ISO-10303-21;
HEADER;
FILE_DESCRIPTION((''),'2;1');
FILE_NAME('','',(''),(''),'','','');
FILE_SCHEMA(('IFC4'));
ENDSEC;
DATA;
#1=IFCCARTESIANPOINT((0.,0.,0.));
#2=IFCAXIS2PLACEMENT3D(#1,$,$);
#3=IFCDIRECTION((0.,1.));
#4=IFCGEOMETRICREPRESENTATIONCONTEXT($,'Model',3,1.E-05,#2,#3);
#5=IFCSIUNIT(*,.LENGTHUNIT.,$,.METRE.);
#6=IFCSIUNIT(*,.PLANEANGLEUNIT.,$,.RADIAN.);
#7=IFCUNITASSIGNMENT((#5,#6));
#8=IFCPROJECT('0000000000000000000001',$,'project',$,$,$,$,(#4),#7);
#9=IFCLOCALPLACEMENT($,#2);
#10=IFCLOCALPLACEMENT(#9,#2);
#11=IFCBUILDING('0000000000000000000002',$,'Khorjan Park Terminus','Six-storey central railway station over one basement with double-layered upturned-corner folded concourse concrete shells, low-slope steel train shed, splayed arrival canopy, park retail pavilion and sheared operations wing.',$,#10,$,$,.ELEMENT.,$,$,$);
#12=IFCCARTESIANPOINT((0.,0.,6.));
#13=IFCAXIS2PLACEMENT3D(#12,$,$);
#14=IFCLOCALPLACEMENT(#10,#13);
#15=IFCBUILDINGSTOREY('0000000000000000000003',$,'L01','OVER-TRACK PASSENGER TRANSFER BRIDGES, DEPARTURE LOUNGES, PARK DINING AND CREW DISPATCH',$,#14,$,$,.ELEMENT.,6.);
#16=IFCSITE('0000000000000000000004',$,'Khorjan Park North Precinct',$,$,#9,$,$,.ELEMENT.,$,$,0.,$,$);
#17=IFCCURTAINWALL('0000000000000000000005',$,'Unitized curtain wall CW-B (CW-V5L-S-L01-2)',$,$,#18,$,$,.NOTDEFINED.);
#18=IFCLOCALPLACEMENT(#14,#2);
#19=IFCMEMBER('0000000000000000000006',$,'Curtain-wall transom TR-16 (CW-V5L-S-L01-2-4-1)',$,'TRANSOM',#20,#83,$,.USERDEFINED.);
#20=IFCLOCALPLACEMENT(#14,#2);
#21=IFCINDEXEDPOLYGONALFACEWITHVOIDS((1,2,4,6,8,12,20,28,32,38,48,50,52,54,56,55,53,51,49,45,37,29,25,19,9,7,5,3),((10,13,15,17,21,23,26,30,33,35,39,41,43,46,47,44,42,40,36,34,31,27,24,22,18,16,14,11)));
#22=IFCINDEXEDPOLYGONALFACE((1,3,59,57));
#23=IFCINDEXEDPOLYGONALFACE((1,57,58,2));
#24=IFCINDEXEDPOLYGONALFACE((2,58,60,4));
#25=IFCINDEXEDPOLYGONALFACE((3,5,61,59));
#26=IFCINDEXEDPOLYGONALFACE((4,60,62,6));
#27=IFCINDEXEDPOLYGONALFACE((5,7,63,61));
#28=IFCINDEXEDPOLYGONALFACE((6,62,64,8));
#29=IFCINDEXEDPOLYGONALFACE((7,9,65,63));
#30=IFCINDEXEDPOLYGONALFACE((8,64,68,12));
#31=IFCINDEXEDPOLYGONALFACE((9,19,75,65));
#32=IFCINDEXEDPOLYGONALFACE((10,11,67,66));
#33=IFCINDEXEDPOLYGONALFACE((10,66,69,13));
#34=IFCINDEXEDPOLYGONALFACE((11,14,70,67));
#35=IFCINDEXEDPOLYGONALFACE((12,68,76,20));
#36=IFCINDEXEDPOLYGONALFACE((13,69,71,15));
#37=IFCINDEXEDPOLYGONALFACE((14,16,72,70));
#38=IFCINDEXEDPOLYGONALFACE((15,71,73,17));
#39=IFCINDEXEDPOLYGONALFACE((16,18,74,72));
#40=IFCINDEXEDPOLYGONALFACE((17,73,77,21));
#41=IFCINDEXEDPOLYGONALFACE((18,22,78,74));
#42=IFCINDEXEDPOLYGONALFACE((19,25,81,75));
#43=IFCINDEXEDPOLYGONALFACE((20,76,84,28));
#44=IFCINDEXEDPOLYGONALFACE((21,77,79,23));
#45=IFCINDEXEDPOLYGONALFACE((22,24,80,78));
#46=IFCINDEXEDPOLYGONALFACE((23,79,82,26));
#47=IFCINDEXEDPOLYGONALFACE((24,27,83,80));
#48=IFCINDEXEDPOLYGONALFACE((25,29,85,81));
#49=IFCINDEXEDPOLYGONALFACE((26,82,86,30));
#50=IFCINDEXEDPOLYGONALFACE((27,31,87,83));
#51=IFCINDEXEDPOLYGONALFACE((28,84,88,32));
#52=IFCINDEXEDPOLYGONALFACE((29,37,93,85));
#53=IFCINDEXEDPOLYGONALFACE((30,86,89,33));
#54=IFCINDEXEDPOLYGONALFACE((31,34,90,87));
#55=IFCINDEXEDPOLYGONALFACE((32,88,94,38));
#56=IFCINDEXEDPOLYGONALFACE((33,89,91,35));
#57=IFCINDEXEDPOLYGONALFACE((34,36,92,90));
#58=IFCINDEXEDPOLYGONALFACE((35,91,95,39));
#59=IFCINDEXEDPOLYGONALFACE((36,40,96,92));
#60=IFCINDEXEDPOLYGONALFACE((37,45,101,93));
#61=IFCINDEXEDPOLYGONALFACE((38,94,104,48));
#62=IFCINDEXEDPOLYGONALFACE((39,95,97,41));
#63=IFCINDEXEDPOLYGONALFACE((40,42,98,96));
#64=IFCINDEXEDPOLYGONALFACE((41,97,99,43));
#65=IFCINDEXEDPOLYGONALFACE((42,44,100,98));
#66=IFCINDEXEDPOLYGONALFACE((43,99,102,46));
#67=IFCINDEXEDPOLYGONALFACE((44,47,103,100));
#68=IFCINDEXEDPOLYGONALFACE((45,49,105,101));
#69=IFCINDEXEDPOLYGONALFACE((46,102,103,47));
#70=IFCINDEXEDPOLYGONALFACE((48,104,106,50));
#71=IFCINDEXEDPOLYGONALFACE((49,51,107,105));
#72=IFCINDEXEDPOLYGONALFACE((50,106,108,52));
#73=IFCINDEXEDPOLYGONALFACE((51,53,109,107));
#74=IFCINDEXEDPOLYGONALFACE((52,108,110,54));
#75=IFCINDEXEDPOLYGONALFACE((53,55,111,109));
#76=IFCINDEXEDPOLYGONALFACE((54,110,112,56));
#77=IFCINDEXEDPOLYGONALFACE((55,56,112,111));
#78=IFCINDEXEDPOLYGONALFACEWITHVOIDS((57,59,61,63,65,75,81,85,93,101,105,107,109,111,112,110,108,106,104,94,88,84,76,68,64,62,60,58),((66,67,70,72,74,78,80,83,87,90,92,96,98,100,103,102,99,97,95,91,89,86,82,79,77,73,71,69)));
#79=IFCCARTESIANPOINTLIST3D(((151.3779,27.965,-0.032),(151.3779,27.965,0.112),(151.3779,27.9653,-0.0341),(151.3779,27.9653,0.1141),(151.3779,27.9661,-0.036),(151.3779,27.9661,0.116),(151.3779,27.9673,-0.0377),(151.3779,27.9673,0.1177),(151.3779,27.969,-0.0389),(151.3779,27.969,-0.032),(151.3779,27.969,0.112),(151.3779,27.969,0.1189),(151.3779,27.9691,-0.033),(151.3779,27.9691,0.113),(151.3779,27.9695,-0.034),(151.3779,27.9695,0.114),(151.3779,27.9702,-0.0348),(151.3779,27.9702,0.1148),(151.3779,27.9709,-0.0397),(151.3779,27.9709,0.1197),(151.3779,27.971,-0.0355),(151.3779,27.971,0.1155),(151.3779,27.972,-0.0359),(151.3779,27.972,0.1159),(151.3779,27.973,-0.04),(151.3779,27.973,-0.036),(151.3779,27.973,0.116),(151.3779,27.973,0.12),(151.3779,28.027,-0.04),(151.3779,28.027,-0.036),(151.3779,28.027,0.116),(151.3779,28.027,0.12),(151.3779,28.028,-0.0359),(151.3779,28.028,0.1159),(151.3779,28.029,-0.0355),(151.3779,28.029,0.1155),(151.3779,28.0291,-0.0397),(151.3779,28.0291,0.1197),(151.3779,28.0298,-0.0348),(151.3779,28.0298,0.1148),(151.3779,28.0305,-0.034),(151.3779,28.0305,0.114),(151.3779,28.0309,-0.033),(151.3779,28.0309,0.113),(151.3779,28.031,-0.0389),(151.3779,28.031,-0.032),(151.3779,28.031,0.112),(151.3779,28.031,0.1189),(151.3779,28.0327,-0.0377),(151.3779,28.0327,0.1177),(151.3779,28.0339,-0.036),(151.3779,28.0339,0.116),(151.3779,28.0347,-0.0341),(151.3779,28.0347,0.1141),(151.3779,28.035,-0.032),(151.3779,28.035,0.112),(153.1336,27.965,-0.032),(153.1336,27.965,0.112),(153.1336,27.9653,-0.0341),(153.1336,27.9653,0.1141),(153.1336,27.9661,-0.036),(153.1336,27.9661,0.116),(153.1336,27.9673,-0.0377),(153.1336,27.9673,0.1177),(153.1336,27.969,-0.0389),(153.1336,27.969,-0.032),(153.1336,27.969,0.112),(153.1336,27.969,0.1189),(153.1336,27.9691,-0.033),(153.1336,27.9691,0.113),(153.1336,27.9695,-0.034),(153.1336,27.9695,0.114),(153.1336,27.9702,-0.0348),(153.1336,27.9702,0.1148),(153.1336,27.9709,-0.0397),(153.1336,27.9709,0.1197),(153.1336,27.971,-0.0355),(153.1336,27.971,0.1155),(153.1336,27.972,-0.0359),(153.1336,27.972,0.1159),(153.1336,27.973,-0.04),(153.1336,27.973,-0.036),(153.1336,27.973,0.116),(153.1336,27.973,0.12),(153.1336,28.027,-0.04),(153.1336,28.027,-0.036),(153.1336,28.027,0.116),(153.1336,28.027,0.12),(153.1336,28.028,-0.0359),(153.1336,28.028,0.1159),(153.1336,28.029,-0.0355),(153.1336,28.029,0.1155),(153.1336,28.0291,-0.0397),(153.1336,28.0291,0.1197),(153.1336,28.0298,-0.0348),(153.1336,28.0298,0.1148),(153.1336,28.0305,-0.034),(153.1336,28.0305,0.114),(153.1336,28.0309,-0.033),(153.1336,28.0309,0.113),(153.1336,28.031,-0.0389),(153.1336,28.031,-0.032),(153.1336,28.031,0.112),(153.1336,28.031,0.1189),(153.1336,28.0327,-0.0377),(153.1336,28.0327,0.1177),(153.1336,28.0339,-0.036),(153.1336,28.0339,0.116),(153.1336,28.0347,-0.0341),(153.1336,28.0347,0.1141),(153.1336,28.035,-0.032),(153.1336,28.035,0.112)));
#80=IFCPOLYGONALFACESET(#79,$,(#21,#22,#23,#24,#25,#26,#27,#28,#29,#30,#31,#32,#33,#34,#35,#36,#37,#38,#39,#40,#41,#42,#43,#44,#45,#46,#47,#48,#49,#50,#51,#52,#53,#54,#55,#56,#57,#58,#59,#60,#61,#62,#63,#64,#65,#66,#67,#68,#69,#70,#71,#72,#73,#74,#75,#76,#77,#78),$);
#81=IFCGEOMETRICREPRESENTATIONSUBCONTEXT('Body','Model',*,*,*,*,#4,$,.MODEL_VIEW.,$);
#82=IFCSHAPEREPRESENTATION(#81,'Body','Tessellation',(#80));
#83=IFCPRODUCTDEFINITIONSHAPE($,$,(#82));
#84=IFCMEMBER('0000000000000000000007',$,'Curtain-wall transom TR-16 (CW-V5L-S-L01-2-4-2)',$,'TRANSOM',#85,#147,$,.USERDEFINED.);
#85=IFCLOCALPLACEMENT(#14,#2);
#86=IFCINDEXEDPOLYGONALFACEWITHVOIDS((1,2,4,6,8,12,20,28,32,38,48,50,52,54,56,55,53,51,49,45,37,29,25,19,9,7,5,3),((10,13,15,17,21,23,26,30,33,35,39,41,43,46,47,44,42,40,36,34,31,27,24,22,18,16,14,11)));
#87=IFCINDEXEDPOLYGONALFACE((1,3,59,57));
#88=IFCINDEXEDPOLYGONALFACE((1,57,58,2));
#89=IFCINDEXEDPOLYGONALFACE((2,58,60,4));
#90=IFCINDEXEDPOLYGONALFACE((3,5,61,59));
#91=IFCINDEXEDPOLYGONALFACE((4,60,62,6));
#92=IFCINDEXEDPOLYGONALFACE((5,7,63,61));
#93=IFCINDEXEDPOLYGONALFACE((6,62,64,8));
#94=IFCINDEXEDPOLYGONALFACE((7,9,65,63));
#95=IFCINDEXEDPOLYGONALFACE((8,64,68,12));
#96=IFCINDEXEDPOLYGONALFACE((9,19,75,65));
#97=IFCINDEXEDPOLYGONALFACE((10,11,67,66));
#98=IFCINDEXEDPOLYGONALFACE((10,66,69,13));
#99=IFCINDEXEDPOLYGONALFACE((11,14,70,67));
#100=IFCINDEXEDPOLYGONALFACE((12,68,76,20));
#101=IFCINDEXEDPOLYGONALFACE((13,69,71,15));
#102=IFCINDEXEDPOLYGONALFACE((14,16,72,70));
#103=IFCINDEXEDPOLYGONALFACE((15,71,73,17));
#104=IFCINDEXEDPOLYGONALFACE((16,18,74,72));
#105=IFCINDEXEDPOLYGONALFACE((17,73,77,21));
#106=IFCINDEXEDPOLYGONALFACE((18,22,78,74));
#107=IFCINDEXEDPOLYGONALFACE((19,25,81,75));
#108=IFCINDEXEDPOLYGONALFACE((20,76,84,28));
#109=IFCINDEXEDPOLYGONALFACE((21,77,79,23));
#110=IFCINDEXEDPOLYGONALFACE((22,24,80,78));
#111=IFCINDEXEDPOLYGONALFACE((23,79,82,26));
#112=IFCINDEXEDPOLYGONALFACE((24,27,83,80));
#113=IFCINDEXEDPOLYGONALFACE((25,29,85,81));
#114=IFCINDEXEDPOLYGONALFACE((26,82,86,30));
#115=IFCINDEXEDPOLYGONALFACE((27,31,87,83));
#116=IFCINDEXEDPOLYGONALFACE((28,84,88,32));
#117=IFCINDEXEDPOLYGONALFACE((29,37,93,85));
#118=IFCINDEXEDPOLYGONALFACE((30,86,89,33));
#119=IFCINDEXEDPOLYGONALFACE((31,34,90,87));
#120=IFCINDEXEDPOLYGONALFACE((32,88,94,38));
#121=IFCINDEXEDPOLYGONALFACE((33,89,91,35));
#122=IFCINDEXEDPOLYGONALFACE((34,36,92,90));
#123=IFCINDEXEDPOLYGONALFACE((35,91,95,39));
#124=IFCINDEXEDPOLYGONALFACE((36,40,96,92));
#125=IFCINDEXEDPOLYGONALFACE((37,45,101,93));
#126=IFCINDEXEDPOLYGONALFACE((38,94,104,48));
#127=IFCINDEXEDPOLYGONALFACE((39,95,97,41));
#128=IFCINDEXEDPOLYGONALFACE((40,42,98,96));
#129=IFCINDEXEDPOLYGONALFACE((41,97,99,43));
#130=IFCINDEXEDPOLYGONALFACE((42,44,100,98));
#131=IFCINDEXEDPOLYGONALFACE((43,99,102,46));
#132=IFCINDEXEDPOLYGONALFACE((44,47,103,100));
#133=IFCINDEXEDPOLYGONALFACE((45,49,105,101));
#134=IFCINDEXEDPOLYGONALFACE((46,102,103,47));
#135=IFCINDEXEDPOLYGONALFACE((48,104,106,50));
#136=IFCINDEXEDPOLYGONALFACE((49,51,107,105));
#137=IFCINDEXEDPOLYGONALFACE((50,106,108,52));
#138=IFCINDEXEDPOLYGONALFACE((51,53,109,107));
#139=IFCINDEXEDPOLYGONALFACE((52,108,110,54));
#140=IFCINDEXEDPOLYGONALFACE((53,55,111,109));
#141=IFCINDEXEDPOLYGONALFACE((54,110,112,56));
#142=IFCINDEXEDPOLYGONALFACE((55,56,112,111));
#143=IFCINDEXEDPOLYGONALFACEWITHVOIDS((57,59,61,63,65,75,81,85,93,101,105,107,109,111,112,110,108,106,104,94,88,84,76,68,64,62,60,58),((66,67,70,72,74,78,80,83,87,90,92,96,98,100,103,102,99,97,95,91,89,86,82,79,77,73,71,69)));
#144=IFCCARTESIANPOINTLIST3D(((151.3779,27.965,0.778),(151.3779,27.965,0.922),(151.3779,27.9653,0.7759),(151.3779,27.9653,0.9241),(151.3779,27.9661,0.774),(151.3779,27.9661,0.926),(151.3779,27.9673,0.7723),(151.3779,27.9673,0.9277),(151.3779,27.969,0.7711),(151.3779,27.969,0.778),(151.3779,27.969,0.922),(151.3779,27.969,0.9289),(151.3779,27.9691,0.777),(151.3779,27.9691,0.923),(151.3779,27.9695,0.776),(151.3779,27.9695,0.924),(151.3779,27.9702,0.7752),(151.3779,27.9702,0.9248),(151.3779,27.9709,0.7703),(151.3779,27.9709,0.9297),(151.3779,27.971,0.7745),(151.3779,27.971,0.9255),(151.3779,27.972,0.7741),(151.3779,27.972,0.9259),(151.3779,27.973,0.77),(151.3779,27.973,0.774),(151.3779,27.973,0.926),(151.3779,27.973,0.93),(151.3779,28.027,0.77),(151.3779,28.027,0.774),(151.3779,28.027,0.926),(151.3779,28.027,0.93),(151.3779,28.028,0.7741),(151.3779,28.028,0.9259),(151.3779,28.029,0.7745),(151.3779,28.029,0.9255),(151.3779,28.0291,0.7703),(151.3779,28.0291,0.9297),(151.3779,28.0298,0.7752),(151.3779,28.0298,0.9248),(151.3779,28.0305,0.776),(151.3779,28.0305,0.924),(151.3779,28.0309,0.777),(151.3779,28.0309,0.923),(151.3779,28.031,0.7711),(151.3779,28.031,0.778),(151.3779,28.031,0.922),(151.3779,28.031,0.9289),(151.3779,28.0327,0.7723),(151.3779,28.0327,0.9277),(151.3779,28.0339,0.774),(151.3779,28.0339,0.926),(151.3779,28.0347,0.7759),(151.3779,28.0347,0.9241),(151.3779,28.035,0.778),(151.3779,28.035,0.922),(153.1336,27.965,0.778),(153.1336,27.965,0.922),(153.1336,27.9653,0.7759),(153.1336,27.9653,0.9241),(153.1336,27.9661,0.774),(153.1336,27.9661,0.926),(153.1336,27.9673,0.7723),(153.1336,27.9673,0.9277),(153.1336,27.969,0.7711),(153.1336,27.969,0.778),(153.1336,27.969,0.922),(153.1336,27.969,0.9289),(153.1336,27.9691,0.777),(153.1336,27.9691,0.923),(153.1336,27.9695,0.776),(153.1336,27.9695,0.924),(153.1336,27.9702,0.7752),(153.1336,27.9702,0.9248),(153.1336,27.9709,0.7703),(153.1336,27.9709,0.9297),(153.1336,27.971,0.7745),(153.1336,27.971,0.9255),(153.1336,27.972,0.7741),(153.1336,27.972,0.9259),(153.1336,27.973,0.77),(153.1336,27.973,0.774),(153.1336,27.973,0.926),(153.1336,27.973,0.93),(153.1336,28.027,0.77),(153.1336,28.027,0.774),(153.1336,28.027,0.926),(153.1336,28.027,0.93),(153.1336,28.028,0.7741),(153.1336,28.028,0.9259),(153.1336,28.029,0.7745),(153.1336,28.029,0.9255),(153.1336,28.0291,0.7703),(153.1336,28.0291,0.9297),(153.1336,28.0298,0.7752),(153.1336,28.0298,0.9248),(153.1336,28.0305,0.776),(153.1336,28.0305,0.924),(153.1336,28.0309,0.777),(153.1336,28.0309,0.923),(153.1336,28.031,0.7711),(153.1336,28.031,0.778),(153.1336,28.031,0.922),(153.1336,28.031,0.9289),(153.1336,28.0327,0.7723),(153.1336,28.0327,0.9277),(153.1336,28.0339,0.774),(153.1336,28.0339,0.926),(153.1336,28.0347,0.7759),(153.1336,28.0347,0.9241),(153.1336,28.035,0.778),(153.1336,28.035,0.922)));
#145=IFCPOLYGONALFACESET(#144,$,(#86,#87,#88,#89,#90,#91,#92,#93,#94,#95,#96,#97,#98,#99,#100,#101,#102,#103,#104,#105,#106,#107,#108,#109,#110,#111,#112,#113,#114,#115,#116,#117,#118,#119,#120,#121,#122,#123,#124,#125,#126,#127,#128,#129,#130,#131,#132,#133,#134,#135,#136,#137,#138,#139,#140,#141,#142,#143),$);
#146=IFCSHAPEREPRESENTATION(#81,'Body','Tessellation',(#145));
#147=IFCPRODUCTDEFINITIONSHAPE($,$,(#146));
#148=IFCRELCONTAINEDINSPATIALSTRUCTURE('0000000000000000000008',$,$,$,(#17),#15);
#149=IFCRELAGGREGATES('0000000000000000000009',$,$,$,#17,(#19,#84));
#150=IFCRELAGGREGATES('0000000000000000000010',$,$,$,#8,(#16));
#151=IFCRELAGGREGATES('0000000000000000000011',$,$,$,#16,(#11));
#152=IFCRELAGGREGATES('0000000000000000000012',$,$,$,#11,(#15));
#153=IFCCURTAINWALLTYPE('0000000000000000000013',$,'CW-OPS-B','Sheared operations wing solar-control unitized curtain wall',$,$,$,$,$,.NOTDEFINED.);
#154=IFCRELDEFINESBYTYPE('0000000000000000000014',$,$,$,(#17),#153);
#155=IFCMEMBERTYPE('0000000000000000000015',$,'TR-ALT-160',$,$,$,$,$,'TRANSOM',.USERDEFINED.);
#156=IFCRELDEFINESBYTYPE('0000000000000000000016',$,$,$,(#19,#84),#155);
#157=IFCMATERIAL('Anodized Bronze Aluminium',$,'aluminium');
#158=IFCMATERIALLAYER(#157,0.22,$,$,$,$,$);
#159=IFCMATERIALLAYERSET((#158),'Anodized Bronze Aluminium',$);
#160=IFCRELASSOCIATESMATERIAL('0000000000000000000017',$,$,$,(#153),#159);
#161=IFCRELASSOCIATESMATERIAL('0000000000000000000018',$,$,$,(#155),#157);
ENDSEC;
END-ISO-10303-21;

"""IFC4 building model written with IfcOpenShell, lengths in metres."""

from ifc_helpers import new_model, si_unit, direction, frame, origin, origin_2d, place, context, subcontext, project, spatial, hollow_rectangle, extrude, material, layer, layer_set, material_profile, profile_set, type_object, element, aggregate, save


model = new_model("IFC4")

# Units and contexts
model_context = context("Model", 3, precision=1e-05, world=origin(), true_north=direction((0.0, 1.0)))
body_context = subcontext(model_context, "Body", "Model", "MODEL_VIEW")
ifc_project = project(units=[si_unit("LENGTHUNIT", "METRE"), si_unit("PLANEANGLEUNIT", "RADIAN")], contexts=[model_context])

# Site, building, storey
site_placement = place(None, origin())
site = spatial("IfcSite", under=ifc_project, at=site_placement, Name="Khorjan Park North Precinct", CompositionType="ELEMENT", RefElevation=0.0)
building_placement = place(site_placement, origin())
building = spatial("IfcBuilding", under=site, at=building_placement, Name="Khorjan Park Terminus", Description="Six-storey central railway station over one basement with double-layered upturned-corner folded concourse concrete shells, low-slope steel train shed, splayed arrival canopy, park retail pavilion and sheared operations wing.", CompositionType="ELEMENT")
storey_placement = place(building_placement, frame((0.0, 0.0, 6.0)))
storey = spatial("IfcBuildingStorey", under=building, at=storey_placement, Name="L01", Description="OVER-TRACK PASSENGER TRANSFER BRIDGES, DEPARTURE LOUNGES, PARK DINING AND CREW DISPATCH", CompositionType="ELEMENT", Elevation=6.0)

# Curtain wall, members
ifc_material_1 = material(Name="Anodized Bronze Aluminium", Category="aluminium")
ifc_layer_1 = layer(ifc_material_1, 0.22)
ifc_layer_set_1 = layer_set([ifc_layer_1], Name="Anodized Bronze Aluminium")
curtain_wall_type = type_object("IfcCurtainWallType", Name="CW-OPS-B", Description="Sheared operations wing solar-control unitized curtain wall", PredefinedType="NOTDEFINED", material=ifc_layer_set_1)
curtain_wall_placement = place(storey_placement, origin())
curtain_wall = element("IfcCurtainWall", 1, at=curtain_wall_placement, inside=storey, type_object=curtain_wall_type, Name="Unitized curtain wall CW-B (CW-V5L-S-L01-2)", PredefinedType="NOTDEFINED")
ifc_material_profile_1 = material_profile(ifc_material_1, hollow_rectangle(XDim=0.07, YDim=0.16, WallThickness=0.004, InnerFilletRadius=0.004, OuterFilletRadius=0.008, at=origin_2d()), Name="ALT 70x160x4")
ifc_profile_set_1 = profile_set([ifc_material_profile_1], Name="Anodized Bronze Aluminium")
member_type_1 = type_object("IfcMemberType", Name="TR-ALT-160", ElementType="TRANSOM", PredefinedType="USERDEFINED", material=ifc_profile_set_1)
member_1_placement = place(storey_placement, frame((151.3779, 28.0, 0.04), z_axis=(1.0, 0.0, 0.0), x_axis=(0.0, 1.0, 0.0)))
member_1 = element("IfcMember", 2, at=member_1_placement, type_object=member_type_1, Name="Curtain-wall transom TR-16 (CW-V5L-S-L01-2-4-1)", ObjectType="TRANSOM", PredefinedType="USERDEFINED", context=body_context, shape_type="SweptSolid", body=[
    extrude(hollow_rectangle(XDim=0.07, YDim=0.16, WallThickness=0.004, InnerFilletRadius=0.004, OuterFilletRadius=0.008, at=origin_2d()), origin(), (0.0, 0.0, 1.0), 1.7557),
])
member_2_placement = place(storey_placement, frame((151.3779, 28.0, 0.85), z_axis=(1.0, 0.0, 0.0), x_axis=(0.0, 1.0, 0.0)))
member_2 = element("IfcMember", 3, at=member_2_placement, type_object=member_type_1, Name="Curtain-wall transom TR-16 (CW-V5L-S-L01-2-4-2)", ObjectType="TRANSOM", PredefinedType="USERDEFINED", context=body_context, shape_type="SweptSolid", body=[
    extrude(hollow_rectangle(XDim=0.07, YDim=0.16, WallThickness=0.004, InnerFilletRadius=0.004, OuterFilletRadius=0.008, at=origin_2d()), origin(), (0.0, 0.0, 1.0), 1.7557),
])
aggregate(curtain_wall, [member_1, member_2])

save(model, "model.ifc")
